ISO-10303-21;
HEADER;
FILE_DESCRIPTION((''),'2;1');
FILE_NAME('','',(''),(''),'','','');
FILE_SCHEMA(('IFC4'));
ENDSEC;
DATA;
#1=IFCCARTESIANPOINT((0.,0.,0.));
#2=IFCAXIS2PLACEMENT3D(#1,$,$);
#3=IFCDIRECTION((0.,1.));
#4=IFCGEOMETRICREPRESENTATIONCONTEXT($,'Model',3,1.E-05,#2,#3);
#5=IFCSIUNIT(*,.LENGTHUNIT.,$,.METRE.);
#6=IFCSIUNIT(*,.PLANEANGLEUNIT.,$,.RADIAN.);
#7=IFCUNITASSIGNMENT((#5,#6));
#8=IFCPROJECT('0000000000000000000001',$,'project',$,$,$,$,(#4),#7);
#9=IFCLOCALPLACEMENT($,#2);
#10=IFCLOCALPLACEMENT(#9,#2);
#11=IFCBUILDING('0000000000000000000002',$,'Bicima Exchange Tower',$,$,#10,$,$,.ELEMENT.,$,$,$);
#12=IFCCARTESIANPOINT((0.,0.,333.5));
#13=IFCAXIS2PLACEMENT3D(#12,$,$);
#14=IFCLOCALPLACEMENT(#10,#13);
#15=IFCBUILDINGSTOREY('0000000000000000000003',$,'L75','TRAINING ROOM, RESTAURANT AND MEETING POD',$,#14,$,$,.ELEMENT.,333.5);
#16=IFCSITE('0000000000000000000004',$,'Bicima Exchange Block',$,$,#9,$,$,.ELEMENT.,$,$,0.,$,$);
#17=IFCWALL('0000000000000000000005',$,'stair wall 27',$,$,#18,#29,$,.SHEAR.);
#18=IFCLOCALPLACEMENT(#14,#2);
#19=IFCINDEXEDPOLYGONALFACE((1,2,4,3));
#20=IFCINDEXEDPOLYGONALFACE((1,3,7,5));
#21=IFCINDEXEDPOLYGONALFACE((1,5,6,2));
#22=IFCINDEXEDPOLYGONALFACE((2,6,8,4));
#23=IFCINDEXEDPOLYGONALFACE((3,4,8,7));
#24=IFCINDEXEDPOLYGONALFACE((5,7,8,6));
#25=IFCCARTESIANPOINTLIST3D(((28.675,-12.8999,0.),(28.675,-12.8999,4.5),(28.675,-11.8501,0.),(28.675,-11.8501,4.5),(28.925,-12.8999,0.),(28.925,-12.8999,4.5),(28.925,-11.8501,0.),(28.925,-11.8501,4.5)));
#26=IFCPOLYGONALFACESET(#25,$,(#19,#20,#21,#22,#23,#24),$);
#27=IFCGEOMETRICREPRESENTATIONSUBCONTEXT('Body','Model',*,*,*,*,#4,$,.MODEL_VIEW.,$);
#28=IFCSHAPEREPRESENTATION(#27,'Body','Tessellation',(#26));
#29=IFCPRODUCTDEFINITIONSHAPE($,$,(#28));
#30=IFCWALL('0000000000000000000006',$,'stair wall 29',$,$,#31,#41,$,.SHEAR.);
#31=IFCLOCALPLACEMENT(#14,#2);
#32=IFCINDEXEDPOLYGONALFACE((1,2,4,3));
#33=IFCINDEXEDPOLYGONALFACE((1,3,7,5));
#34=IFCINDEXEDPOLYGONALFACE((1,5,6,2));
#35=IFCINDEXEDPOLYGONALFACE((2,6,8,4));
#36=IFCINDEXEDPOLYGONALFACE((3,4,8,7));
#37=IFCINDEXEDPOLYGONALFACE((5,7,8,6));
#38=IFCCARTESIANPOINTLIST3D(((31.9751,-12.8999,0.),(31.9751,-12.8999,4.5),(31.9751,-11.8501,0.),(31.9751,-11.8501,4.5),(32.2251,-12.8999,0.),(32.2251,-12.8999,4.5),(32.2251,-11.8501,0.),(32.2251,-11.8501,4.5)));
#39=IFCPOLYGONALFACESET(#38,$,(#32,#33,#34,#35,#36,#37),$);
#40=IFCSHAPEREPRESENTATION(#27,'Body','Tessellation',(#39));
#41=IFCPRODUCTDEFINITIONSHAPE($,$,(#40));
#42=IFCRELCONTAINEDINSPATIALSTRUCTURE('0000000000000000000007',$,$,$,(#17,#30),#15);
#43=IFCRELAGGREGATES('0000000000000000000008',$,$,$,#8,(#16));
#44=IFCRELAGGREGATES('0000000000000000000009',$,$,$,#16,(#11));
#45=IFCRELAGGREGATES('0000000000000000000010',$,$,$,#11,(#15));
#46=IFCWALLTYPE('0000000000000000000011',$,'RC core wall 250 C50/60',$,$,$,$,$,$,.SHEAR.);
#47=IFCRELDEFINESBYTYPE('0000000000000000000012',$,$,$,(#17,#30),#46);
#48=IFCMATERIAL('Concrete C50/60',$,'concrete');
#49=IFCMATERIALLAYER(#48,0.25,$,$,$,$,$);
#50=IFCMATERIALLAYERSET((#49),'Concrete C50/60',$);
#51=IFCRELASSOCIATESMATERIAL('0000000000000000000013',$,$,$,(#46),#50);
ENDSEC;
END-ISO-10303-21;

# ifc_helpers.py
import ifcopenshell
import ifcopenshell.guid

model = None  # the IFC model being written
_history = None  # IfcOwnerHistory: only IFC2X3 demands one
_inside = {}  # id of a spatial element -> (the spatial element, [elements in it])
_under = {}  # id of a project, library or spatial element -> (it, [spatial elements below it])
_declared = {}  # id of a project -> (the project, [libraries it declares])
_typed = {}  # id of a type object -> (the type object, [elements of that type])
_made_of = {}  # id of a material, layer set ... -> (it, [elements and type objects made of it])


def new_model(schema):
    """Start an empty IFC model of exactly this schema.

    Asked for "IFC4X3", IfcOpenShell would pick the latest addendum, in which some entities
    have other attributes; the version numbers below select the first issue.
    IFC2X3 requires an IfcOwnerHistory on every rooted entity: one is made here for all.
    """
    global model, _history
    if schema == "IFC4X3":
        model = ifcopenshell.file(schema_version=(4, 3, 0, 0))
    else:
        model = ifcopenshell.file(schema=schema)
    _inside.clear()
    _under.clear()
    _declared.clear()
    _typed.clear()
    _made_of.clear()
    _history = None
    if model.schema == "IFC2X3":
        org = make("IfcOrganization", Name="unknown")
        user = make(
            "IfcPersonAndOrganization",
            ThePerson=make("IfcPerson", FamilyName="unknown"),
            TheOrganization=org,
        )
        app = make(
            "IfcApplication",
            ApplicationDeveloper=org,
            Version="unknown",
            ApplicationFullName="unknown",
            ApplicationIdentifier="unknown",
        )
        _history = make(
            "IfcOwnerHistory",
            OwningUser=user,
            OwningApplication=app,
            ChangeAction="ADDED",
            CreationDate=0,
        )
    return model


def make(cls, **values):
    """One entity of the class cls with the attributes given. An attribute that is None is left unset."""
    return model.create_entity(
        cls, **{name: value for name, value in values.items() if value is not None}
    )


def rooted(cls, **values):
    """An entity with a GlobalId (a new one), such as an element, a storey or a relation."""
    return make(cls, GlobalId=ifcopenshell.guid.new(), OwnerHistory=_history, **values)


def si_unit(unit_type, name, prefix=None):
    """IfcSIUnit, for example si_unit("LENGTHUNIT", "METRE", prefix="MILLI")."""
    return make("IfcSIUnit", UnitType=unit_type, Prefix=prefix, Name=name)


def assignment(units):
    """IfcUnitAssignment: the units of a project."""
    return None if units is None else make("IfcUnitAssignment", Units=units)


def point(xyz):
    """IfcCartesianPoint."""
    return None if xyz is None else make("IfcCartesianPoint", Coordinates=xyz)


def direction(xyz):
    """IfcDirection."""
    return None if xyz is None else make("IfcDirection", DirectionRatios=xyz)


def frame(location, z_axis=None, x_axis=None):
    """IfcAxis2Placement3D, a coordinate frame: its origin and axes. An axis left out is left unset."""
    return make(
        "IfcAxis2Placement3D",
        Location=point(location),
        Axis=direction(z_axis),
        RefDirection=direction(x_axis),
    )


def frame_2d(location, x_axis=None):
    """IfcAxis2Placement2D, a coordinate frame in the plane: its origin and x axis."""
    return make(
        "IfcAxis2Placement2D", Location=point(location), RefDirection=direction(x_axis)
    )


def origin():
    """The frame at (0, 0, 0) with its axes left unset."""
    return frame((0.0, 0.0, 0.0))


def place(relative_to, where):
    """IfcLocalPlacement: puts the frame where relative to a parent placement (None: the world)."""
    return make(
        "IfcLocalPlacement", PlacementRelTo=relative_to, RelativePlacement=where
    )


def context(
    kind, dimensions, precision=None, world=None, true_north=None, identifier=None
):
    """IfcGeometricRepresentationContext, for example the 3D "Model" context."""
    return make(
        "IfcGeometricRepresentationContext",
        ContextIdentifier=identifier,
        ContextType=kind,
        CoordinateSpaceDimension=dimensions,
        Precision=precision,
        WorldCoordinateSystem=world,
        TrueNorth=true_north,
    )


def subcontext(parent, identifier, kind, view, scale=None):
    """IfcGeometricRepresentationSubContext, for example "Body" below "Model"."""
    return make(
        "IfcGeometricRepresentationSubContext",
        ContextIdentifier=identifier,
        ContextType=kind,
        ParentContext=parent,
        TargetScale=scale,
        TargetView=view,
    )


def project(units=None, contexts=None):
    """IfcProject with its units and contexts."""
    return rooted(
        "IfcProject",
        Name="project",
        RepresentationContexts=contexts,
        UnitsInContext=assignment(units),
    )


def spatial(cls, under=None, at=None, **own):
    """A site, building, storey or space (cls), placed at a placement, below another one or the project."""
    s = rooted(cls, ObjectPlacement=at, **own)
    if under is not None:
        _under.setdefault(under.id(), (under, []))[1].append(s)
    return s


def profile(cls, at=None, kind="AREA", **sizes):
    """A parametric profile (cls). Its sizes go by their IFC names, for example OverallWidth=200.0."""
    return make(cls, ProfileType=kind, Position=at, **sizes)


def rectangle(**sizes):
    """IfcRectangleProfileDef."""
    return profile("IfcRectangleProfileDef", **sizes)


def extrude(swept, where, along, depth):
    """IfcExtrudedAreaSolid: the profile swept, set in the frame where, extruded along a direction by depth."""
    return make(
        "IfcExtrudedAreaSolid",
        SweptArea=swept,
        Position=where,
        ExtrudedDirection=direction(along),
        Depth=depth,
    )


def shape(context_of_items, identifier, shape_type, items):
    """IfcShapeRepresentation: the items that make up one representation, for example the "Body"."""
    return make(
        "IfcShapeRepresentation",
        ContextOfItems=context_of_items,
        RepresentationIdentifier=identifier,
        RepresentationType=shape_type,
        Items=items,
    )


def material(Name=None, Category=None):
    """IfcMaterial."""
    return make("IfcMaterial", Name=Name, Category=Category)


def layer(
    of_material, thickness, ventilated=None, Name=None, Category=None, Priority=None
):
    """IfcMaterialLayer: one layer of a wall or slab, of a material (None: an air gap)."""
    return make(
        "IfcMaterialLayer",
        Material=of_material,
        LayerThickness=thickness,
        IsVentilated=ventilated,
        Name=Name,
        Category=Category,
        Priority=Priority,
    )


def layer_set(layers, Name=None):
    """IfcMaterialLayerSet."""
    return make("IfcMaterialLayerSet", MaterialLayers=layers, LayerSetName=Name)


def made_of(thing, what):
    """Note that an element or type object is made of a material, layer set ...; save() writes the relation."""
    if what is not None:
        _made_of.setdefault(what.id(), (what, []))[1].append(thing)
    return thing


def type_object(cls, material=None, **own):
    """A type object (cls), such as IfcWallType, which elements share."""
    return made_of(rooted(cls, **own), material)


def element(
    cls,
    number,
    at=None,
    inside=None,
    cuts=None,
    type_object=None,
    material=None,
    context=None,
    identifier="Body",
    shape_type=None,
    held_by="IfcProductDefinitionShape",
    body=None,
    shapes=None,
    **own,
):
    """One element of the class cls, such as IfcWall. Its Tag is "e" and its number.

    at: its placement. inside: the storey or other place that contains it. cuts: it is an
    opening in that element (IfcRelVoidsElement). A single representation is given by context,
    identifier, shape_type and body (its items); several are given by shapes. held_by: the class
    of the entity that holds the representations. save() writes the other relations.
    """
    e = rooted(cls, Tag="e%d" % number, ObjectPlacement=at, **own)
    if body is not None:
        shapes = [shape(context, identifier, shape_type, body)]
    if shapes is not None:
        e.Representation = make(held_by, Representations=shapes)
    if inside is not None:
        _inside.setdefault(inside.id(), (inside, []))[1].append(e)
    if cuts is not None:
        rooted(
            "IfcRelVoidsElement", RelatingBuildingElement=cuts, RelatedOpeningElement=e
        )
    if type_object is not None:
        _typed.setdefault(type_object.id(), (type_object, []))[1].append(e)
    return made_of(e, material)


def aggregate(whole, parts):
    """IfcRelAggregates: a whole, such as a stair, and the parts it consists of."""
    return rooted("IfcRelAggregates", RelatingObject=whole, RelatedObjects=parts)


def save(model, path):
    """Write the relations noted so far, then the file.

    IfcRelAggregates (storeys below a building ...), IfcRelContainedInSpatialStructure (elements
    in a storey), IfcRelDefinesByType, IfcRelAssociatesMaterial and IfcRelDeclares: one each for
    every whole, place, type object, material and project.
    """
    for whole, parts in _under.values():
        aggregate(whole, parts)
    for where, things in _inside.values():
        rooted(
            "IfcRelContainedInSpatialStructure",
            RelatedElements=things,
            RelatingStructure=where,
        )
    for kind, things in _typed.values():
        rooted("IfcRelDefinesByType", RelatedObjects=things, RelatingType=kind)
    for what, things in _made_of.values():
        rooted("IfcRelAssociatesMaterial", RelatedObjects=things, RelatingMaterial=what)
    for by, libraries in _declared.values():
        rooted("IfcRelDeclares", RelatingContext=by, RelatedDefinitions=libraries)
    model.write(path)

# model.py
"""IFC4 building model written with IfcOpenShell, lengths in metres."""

from ifc_helpers import new_model, si_unit, direction, frame, frame_2d, origin, place, context, subcontext, project, spatial, rectangle, extrude, material, layer, layer_set, type_object, element, save


model = new_model("IFC4")

# Units and contexts
model_context = context("Model", 3, precision=1e-05, world=origin(), true_north=direction((0.0, 1.0)))
body_context = subcontext(model_context, "Body", "Model", "MODEL_VIEW")
ifc_project = project(units=[si_unit("LENGTHUNIT", "METRE"), si_unit("PLANEANGLEUNIT", "RADIAN")], contexts=[model_context])

# Site, building, storey
site_placement = place(None, origin())
site = spatial("IfcSite", under=ifc_project, at=site_placement, Name="Bicima Exchange Block", CompositionType="ELEMENT", RefElevation=0.0)
building_placement = place(site_placement, origin())
building = spatial("IfcBuilding", under=site, at=building_placement, Name="Bicima Exchange Tower", CompositionType="ELEMENT")
storey_placement = place(building_placement, frame((0.0, 0.0, 333.5)))
storey = spatial("IfcBuildingStorey", under=building, at=storey_placement, Name="L75", Description="TRAINING ROOM, RESTAURANT AND MEETING POD", CompositionType="ELEMENT", Elevation=333.5)

# Walls
ifc_material_1 = material(Name="Concrete C50/60", Category="concrete")
ifc_layer_1 = layer(ifc_material_1, 0.25)
ifc_layer_set_1 = layer_set([ifc_layer_1], Name="Concrete C50/60")
wall_type_1 = type_object("IfcWallType", Name="RC core wall 250 C50/60", PredefinedType="SHEAR", material=ifc_layer_set_1)
for number, where, z_axis, x_axis, name in (
    (1, (28.8, -12.8999, 0.0), (0.0, 0.0, 1.0), (0.0, 1.0, 0.0), "stair wall 27"),
    (2, (32.1001, -12.8999, 0.0), (0.0, 0.0, 1.0), (0.0, 1.0, 0.0), "stair wall 29"),
):
    element("IfcWall", number, at=place(storey_placement, frame(where, z_axis=z_axis, x_axis=x_axis)), inside=storey, type_object=wall_type_1, Name=name, PredefinedType="SHEAR", context=body_context, shape_type="SweptSolid", body=[
        extrude(rectangle(XDim=1.0498, YDim=0.25, at=frame_2d((0.5249, 0.0))), origin(), (0.0, 0.0, 1.0), 4.5),
    ])

save(model, "model.ifc")
